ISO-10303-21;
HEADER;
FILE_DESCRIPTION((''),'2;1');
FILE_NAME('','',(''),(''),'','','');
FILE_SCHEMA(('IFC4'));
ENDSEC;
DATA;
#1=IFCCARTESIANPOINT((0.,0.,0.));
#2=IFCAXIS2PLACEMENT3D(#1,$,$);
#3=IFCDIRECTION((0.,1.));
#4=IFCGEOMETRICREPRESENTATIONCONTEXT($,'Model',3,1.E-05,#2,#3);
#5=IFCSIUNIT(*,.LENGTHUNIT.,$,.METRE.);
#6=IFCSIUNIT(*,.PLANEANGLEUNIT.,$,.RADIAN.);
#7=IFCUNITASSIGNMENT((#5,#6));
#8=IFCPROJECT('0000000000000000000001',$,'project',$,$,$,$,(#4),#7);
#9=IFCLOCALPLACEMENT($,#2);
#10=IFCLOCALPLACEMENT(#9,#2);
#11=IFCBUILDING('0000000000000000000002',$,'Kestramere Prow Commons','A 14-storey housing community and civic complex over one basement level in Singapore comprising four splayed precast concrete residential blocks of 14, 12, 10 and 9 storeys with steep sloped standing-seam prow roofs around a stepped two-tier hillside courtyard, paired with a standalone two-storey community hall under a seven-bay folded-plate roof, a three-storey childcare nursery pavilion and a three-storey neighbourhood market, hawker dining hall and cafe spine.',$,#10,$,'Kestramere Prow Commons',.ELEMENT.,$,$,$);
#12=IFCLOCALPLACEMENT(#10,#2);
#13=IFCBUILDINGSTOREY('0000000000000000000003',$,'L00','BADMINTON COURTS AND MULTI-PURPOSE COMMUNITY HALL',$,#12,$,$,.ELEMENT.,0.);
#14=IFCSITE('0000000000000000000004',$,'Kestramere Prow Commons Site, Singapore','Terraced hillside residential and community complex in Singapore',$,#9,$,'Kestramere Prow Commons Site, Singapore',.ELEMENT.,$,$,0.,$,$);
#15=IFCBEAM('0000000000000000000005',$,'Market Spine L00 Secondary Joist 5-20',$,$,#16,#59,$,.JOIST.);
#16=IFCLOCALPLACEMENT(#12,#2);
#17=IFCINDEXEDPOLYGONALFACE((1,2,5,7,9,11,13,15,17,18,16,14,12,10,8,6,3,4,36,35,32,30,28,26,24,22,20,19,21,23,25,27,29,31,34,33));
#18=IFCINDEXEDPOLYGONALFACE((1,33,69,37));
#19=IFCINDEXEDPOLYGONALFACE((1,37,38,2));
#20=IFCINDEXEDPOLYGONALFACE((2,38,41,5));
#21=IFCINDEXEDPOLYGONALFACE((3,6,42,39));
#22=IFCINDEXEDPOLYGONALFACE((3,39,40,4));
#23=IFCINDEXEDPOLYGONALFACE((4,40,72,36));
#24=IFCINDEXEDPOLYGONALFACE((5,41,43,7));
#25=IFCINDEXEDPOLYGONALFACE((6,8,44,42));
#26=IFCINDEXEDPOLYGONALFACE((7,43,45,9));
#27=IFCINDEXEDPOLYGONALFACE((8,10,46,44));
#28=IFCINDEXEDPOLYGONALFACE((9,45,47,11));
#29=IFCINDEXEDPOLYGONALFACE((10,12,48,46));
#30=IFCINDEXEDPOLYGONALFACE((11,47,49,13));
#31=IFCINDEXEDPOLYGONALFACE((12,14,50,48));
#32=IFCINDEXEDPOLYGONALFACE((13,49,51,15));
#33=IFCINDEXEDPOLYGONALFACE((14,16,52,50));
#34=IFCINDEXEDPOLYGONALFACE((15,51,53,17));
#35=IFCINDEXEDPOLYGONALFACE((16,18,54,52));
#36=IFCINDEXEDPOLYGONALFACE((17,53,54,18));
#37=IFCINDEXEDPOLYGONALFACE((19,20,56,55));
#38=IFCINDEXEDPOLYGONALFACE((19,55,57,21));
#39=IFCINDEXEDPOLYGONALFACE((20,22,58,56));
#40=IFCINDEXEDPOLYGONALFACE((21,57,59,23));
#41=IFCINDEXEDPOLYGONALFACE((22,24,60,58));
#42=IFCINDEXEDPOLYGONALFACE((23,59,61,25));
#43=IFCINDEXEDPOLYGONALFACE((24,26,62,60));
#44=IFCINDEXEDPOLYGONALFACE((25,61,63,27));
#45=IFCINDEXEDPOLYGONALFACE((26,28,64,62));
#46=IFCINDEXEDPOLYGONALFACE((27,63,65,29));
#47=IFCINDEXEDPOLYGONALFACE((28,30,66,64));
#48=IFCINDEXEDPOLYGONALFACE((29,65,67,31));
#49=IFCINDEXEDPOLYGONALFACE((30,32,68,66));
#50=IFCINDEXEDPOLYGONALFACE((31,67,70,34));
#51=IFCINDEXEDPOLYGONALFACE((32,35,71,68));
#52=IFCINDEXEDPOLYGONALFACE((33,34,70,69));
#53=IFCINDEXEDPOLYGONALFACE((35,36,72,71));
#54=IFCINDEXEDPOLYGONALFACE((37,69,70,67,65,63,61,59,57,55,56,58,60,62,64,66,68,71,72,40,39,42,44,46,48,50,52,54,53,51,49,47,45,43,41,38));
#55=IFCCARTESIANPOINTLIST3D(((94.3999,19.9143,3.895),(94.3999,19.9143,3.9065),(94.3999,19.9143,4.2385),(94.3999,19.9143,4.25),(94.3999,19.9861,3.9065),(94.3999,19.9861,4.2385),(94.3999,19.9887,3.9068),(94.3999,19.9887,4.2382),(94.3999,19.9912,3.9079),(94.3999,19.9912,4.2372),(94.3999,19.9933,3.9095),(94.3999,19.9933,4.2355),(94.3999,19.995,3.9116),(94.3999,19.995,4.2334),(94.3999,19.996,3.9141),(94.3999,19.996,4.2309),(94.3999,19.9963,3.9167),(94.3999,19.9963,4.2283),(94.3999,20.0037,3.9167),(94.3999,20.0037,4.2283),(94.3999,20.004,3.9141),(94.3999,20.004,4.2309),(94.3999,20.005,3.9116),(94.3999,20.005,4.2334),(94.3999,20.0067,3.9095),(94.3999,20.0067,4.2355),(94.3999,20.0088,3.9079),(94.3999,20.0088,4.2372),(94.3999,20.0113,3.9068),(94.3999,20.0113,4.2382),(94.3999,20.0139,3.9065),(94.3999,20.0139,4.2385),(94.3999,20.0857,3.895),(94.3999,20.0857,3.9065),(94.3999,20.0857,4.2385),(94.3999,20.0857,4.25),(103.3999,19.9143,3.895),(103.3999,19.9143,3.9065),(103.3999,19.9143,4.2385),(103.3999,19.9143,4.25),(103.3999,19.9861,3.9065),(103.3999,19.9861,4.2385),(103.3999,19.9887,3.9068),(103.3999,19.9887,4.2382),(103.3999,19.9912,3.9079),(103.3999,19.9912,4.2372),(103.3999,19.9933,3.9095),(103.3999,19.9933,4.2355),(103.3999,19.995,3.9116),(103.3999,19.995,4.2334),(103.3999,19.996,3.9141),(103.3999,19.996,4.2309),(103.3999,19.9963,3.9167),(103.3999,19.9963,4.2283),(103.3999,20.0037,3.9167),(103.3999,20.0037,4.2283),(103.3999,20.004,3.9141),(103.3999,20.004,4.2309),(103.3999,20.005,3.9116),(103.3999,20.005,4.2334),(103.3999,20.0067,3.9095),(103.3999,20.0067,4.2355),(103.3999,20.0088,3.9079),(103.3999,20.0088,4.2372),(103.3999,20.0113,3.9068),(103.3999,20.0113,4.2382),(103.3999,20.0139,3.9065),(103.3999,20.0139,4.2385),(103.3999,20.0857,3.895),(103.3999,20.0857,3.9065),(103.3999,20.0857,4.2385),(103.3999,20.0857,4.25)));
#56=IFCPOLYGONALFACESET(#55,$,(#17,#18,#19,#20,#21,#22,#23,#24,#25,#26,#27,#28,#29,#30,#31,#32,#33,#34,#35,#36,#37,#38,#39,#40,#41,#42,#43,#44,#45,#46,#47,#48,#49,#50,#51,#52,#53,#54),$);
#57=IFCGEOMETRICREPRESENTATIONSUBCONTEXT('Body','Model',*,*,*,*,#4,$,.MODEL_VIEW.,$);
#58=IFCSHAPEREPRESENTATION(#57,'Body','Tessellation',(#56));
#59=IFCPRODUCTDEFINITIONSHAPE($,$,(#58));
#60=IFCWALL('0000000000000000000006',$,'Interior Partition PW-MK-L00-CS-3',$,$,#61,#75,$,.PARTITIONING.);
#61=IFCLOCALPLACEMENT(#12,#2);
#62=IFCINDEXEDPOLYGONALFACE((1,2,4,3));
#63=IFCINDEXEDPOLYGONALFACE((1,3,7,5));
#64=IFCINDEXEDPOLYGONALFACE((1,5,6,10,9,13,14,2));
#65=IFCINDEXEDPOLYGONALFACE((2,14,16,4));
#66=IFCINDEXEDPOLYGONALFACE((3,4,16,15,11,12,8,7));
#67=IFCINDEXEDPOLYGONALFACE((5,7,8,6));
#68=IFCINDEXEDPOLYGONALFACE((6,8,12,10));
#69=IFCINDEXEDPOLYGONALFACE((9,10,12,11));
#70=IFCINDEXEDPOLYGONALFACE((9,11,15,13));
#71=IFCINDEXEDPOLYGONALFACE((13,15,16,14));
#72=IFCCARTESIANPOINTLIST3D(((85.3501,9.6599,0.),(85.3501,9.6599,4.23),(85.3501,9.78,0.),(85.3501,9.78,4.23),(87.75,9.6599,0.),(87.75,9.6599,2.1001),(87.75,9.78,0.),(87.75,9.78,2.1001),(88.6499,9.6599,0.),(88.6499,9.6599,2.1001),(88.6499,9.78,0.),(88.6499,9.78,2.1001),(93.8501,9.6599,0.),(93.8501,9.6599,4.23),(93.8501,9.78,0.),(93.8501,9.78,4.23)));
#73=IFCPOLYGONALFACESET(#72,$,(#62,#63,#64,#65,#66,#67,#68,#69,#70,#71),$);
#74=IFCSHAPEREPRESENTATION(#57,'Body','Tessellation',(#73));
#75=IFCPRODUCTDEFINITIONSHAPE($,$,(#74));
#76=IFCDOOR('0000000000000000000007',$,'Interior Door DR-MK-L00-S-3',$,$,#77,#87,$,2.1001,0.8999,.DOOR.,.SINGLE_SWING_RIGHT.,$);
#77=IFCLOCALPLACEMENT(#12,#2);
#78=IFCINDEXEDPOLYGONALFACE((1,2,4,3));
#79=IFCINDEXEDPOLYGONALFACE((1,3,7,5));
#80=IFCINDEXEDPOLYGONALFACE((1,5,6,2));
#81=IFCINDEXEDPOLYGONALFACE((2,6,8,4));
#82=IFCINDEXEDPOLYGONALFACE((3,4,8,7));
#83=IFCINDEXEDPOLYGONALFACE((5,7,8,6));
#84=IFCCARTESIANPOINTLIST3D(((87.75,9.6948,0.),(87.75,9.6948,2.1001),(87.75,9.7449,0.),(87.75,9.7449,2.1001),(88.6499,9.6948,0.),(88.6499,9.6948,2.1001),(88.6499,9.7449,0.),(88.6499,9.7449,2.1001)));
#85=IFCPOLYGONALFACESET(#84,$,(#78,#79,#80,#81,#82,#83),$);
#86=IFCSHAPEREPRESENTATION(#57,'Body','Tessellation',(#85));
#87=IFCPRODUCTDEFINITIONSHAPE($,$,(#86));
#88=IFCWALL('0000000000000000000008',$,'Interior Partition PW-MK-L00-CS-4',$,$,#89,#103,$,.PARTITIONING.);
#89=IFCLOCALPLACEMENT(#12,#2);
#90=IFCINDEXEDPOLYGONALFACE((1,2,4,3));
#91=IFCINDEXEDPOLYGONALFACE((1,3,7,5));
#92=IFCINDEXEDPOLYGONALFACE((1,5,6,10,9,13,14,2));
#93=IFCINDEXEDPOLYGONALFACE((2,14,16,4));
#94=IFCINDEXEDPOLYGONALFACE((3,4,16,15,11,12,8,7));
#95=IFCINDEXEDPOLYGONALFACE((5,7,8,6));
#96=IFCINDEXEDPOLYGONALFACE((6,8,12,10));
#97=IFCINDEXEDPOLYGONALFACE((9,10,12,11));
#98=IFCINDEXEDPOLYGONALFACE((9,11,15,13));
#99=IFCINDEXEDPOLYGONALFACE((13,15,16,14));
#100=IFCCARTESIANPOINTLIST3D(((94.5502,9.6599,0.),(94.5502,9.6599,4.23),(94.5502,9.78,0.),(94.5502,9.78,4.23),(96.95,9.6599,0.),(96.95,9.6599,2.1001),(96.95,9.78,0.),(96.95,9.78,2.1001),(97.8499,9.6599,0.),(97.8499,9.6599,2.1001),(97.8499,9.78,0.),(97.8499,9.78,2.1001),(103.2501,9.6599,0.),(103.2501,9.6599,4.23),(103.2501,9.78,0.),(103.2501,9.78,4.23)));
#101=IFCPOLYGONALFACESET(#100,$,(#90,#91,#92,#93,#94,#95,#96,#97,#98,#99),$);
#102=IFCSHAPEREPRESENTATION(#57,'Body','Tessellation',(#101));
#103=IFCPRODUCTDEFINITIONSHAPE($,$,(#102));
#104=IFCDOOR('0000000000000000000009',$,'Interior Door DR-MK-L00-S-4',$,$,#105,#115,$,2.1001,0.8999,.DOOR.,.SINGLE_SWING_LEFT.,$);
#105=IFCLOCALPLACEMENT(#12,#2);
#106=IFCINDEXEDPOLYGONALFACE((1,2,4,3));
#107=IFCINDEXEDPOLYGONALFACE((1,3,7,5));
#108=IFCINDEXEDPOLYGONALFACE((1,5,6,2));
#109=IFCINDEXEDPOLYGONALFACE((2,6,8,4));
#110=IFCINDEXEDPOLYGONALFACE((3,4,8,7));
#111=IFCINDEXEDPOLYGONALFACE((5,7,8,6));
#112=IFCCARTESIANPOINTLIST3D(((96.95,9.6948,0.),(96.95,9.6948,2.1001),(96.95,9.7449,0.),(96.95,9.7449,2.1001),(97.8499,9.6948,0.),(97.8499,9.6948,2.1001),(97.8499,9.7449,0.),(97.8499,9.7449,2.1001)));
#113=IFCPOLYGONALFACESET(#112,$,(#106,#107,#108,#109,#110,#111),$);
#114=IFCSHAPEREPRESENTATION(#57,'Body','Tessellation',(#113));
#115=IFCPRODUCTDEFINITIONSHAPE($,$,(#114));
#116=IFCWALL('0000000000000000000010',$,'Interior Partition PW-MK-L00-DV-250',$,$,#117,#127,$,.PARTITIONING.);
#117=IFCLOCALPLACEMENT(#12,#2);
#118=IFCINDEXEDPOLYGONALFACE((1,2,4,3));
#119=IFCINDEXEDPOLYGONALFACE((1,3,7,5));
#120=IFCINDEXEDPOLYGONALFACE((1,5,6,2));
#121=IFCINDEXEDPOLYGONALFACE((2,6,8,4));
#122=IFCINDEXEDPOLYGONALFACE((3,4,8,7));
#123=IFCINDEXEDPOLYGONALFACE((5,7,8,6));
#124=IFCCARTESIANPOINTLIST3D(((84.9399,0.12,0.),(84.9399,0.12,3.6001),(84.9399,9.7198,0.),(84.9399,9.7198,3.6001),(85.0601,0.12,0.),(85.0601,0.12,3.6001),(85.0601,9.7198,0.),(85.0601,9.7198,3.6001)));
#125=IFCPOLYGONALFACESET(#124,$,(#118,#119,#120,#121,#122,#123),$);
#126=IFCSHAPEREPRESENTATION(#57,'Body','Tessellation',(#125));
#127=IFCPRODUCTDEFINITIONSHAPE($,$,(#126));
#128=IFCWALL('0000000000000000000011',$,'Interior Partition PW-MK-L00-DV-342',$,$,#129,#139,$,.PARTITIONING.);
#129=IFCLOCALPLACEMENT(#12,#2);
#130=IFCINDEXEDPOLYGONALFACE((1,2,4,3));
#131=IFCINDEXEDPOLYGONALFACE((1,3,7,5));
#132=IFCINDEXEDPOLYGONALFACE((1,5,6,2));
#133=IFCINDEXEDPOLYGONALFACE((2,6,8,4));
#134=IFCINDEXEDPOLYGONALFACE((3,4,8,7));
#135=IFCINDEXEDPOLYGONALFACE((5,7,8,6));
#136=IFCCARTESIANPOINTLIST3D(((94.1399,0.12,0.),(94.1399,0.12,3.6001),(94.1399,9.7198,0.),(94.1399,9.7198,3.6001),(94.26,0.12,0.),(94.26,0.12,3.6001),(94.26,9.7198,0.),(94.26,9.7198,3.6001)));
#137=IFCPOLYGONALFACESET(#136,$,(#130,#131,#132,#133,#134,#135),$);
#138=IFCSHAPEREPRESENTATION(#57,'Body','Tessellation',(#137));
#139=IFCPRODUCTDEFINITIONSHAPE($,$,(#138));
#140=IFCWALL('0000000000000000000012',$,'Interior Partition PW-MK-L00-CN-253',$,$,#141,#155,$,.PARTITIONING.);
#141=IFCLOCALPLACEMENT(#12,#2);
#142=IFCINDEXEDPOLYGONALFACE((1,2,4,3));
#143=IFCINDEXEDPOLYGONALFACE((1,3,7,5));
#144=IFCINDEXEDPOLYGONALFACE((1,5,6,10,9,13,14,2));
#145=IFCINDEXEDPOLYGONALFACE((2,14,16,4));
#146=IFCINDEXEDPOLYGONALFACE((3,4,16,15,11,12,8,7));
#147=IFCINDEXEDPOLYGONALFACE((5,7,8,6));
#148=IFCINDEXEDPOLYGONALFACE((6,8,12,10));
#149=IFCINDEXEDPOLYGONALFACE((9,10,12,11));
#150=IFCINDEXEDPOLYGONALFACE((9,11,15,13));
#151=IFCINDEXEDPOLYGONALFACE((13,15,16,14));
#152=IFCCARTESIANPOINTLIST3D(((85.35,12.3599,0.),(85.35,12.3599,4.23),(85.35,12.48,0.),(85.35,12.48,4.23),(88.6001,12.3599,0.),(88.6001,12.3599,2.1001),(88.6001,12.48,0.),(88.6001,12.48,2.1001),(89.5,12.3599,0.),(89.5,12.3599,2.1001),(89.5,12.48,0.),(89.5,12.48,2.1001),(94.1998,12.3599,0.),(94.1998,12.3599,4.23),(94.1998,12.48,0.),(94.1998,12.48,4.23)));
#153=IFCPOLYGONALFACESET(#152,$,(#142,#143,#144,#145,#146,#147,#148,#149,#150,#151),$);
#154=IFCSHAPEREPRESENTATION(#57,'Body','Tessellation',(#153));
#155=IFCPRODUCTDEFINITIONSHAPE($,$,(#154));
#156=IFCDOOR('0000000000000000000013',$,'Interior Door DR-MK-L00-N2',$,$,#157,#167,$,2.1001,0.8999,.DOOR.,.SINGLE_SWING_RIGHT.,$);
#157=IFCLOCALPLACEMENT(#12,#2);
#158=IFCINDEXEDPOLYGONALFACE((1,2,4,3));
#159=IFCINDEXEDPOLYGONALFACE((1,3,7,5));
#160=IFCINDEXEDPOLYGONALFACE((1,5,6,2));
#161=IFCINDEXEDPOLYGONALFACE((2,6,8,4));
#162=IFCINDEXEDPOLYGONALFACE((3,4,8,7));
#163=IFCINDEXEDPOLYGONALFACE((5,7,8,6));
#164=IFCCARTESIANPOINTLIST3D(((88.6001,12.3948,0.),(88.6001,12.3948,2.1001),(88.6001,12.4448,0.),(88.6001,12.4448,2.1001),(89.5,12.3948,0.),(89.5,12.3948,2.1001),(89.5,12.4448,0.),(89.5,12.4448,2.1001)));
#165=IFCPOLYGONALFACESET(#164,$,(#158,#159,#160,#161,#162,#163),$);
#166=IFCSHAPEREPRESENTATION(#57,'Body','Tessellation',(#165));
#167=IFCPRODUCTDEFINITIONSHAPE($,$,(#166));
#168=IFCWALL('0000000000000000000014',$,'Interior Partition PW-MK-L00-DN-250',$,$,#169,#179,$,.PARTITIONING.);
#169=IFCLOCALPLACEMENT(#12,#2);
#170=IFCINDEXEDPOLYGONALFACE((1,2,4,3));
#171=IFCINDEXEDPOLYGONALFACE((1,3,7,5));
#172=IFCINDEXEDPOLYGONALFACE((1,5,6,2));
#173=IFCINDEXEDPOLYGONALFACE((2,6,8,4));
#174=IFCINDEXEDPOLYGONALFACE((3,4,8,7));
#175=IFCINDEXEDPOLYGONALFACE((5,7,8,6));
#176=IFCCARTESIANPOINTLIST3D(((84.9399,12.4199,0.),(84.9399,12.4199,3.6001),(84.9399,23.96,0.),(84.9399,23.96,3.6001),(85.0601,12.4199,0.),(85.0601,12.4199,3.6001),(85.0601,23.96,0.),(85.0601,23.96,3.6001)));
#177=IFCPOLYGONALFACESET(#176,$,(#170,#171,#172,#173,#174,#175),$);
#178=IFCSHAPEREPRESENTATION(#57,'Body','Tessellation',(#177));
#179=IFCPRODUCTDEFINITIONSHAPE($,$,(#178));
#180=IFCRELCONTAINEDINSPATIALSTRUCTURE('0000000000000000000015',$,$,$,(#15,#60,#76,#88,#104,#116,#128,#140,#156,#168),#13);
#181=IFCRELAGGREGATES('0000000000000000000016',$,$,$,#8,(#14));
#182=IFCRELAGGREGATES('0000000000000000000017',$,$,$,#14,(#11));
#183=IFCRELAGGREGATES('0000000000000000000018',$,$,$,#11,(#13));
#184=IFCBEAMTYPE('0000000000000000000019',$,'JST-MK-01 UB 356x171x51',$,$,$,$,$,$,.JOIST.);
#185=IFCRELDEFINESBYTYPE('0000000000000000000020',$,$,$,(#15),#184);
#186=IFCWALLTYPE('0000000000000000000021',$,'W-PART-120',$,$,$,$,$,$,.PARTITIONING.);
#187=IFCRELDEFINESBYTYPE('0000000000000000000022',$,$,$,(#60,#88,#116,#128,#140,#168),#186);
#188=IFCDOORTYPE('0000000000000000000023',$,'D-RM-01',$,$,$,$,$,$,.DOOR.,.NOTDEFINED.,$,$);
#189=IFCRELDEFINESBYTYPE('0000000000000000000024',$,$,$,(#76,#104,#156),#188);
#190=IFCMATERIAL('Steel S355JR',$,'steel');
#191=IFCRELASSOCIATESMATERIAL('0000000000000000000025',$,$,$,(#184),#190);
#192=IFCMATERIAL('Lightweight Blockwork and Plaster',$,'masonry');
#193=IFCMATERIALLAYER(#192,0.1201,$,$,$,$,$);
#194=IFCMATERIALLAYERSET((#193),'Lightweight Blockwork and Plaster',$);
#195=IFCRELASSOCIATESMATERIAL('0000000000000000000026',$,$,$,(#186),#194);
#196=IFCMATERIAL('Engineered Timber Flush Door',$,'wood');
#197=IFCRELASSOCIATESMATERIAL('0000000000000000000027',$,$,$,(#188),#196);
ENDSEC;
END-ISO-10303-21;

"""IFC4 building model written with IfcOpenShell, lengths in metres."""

from ifc_helpers import new_model, si_unit, direction, frame, frame_2d, origin, origin_2d, place, context, subcontext, project, spatial, rectangle, i_section, extrude, material, layer, layer_set, material_profile, profile_set, type_object, element, fill, save


model = new_model("IFC4")

# Units and contexts
model_context = context("Model", 3, precision=1e-05, world=origin(), true_north=direction((0.0, 1.0)))
body_context = subcontext(model_context, "Body", "Model", "MODEL_VIEW")
ifc_project = project(units=[si_unit("LENGTHUNIT", "METRE"), si_unit("PLANEANGLEUNIT", "RADIAN")], contexts=[model_context])

# Site, building, storey
site_placement = place(None, origin())
site = spatial("IfcSite", under=ifc_project, at=site_placement, Name="Kestramere Prow Commons Site, Singapore", Description="Terraced hillside residential and community complex in Singapore", LongName="Kestramere Prow Commons Site, Singapore", CompositionType="ELEMENT", RefElevation=0.0)
building_placement = place(site_placement, origin())
building = spatial("IfcBuilding", under=site, at=building_placement, Name="Kestramere Prow Commons", Description="A 14-storey housing community and civic complex over one basement level in Singapore comprising four splayed precast concrete residential blocks of 14, 12, 10 and 9 storeys with steep sloped standing-seam prow roofs around a stepped two-tier hillside courtyard, paired with a standalone two-storey community hall under a seven-bay folded-plate roof, a three-storey childcare nursery pavilion and a three-storey neighbourhood market, hawker dining hall and cafe spine.", LongName="Kestramere Prow Commons", CompositionType="ELEMENT")
storey_placement = place(building_placement, origin())
storey = spatial("IfcBuildingStorey", under=building, at=storey_placement, Name="L00", Description="BADMINTON COURTS AND MULTI-PURPOSE COMMUNITY HALL", CompositionType="ELEMENT", Elevation=0.0)

# Beam
ifc_material_1 = material(Name="Steel S355JR", Category="steel")
ifc_material_profile_1 = material_profile(ifc_material_1, i_section(OverallWidth=0.1714, OverallDepth=0.355, WebThickness=0.0073, FlangeThickness=0.0115, FilletRadius=0.0103, at=origin_2d()), Name="UB 356x171x51")
ifc_profile_set_1 = profile_set([ifc_material_profile_1], Name="Steel S355JR")
beam_type_1 = type_object("IfcBeamType", Name="JST-MK-01 UB 356x171x51", PredefinedType="JOIST", material=ifc_profile_set_1)
for number, where, z_axis, x_axis, name in (
    (1, (94.3999, 20.0, 4.0725), (1.0, 0.0, 0.0), (0.0, 1.0, 0.0), "Market Spine L00 Secondary Joist 5-20"),
):
    element("IfcBeam", number, at=place(storey_placement, frame(where, z_axis=z_axis, x_axis=x_axis)), inside=storey, type_object=beam_type_1, Name=name, PredefinedType="JOIST", context=body_context, shape_type="SweptSolid", body=[
        extrude(i_section(OverallWidth=0.1714, OverallDepth=0.355, WebThickness=0.0073, FlangeThickness=0.0115, FilletRadius=0.0103, at=origin_2d()), origin(), (0.0, 0.0, 1.0), 9.0),
    ])

# Walls, openings, doors
ifc_material_2 = material(Name="Lightweight Blockwork and Plaster", Category="masonry")
ifc_layer_1 = layer(ifc_material_2, 0.1201)
ifc_layer_set_1 = layer_set([ifc_layer_1], Name="Lightweight Blockwork and Plaster")
wall_type_1 = type_object("IfcWallType", Name="W-PART-120", PredefinedType="PARTITIONING", material=ifc_layer_set_1)
wall_1_placement = place(storey_placement, frame((85.3501, 9.72, 0.0), z_axis=(0.0, 0.0, 1.0), x_axis=(1.0, 0.0, 0.0)))
wall_1 = element("IfcWall", 2, at=wall_1_placement, inside=storey, type_object=wall_type_1, Name="Interior Partition PW-MK-L00-CS-3", PredefinedType="PARTITIONING", context=body_context, shape_type="SweptSolid", body=[
    extrude(rectangle(XDim=8.5, YDim=0.1201, at=frame_2d((4.25, 0.0))), origin(), (0.0, 0.0, 1.0), 4.23),
])
opening_1_placement = place(wall_1_placement, frame((2.3999, 0.0, 0.0)))
opening_1 = element("IfcOpeningElement", 3, at=opening_1_placement, cuts=wall_1, PredefinedType="OPENING", context=body_context, shape_type="SweptSolid", body=[
    extrude(rectangle(XDim=0.8999, YDim=2.1001, at=frame_2d((0.45, 1.05))), frame((0.0, 0.075, 0.0), z_axis=(0.0, -1.0, 0.0), x_axis=(1.0, 0.0, 0.0)), (0.0, 0.0, 1.0), 0.1501),
])
ifc_material_3 = material(Name="Engineered Timber Flush Door", Category="wood")
door_type_1 = type_object("IfcDoorType", Name="D-RM-01", OperationType="NOTDEFINED", PredefinedType="DOOR", material=ifc_material_3)
door_1_placement = place(opening_1_placement, origin())
door_1 = element("IfcDoor", 4, at=door_1_placement, inside=storey, type_object=door_type_1, Name="Interior Door DR-MK-L00-S-3", OperationType="SINGLE_SWING_RIGHT", OverallHeight=2.1001, OverallWidth=0.8999, PredefinedType="DOOR", context=body_context, shape_type="SweptSolid", body=[
    extrude(rectangle(XDim=0.8999, YDim=2.1001, at=frame_2d((0.45, 1.05))), frame((0.0, 0.0249, 0.0), z_axis=(0.0, -1.0, 0.0), x_axis=(1.0, 0.0, 0.0)), (0.0, 0.0, 1.0), 0.05),
])
fill(opening_1, door_1)
wall_2_placement = place(storey_placement, frame((94.55, 9.72, 0.0), z_axis=(0.0, 0.0, 1.0), x_axis=(1.0, 0.0, 0.0)))
wall_2 = element("IfcWall", 5, at=wall_2_placement, inside=storey, type_object=wall_type_1, Name="Interior Partition PW-MK-L00-CS-4", PredefinedType="PARTITIONING", context=body_context, shape_type="SweptSolid", body=[
    extrude(rectangle(XDim=8.7, YDim=0.1201, at=frame_2d((4.3501, 0.0))), origin(), (0.0, 0.0, 1.0), 4.23),
])
opening_2_placement = place(wall_2_placement, frame((2.3999, 0.0, 0.0)))
opening_2 = element("IfcOpeningElement", 6, at=opening_2_placement, cuts=wall_2, PredefinedType="OPENING", context=body_context, shape_type="SweptSolid", body=[
    extrude(rectangle(XDim=0.8999, YDim=2.1001, at=frame_2d((0.45, 1.05))), frame((0.0, 0.075, 0.0), z_axis=(0.0, -1.0, 0.0), x_axis=(1.0, 0.0, 0.0)), (0.0, 0.0, 1.0), 0.1501),
])
door_2_placement = place(opening_2_placement, origin())
door_2 = element("IfcDoor", 7, at=door_2_placement, inside=storey, type_object=door_type_1, Name="Interior Door DR-MK-L00-S-4", OperationType="SINGLE_SWING_LEFT", OverallHeight=2.1001, OverallWidth=0.8999, PredefinedType="DOOR", context=body_context, shape_type="SweptSolid", body=[
    extrude(rectangle(XDim=0.8999, YDim=2.1001, at=frame_2d((0.45, 1.05))), frame((0.0, 0.0249, 0.0), z_axis=(0.0, -1.0, 0.0), x_axis=(1.0, 0.0, 0.0)), (0.0, 0.0, 1.0), 0.05),
])
fill(opening_2, door_2)

# Walls
for number, where, z_axis, x_axis, name in (
    (8, (85.0, 0.1201, 0.0), (0.0, 0.0, 1.0), (0.0, 1.0, 0.0), "Interior Partition PW-MK-L00-DV-250"),
    (9, (94.2, 0.1201, 0.0), (0.0, 0.0, 1.0), (0.0, 1.0, 0.0), "Interior Partition PW-MK-L00-DV-342"),
):
    element("IfcWall", number, at=place(storey_placement, frame(where, z_axis=z_axis, x_axis=x_axis)), inside=storey, type_object=wall_type_1, Name=name, PredefinedType="PARTITIONING", context=body_context, shape_type="SweptSolid", body=[
        extrude(rectangle(XDim=9.5999, YDim=0.1201, at=frame_2d((4.7998, 0.0))), origin(), (0.0, 0.0, 1.0), 3.6001),
    ])

# Wall, opening, door
wall_3_placement = place(storey_placement, frame((85.3501, 12.4199, 0.0), z_axis=(0.0, 0.0, 1.0), x_axis=(1.0, 0.0, 0.0)))
wall_3 = element("IfcWall", 10, at=wall_3_placement, inside=storey, type_object=wall_type_1, Name="Interior Partition PW-MK-L00-CN-253", PredefinedType="PARTITIONING", context=body_context, shape_type="SweptSolid", body=[
    extrude(rectangle(XDim=8.8499, YDim=0.1201, at=frame_2d((4.4248, 0.0))), origin(), (0.0, 0.0, 1.0), 4.23),
])
opening_3_placement = place(wall_3_placement, frame((3.25, 0.0, 0.0)))
opening_3 = element("IfcOpeningElement", 11, at=opening_3_placement, cuts=wall_3, PredefinedType="OPENING", context=body_context, shape_type="SweptSolid", body=[
    extrude(rectangle(XDim=0.8999, YDim=2.1001, at=frame_2d((0.45, 1.05))), frame((0.0, 0.075, 0.0), z_axis=(0.0, -1.0, 0.0), x_axis=(1.0, 0.0, 0.0)), (0.0, 0.0, 1.0), 0.1501),
])
door_3_placement = place(opening_3_placement, origin())
door_3 = element("IfcDoor", 12, at=door_3_placement, inside=storey, type_object=door_type_1, Name="Interior Door DR-MK-L00-N2", OperationType="SINGLE_SWING_RIGHT", OverallHeight=2.1001, OverallWidth=0.8999, PredefinedType="DOOR", context=body_context, shape_type="SweptSolid", body=[
    extrude(rectangle(XDim=0.8999, YDim=2.1001, at=frame_2d((0.45, 1.05))), frame((0.0, 0.0249, 0.0), z_axis=(0.0, -1.0, 0.0), x_axis=(1.0, 0.0, 0.0)), (0.0, 0.0, 1.0), 0.05),
])
fill(opening_3, door_3)

# Wall
wall_4_placement = place(storey_placement, frame((85.0, 12.4199, 0.0), z_axis=(0.0, 0.0, 1.0), x_axis=(0.0, 1.0, 0.0)))
element("IfcWall", 13, at=wall_4_placement, inside=storey, type_object=wall_type_1, Name="Interior Partition PW-MK-L00-DN-250", PredefinedType="PARTITIONING", context=body_context, shape_type="SweptSolid", body=[
    extrude(rectangle(XDim=11.54, YDim=0.1201, at=frame_2d((5.77, 0.0))), origin(), (0.0, 0.0, 1.0), 3.6001),
])

save(model, "model.ifc")
